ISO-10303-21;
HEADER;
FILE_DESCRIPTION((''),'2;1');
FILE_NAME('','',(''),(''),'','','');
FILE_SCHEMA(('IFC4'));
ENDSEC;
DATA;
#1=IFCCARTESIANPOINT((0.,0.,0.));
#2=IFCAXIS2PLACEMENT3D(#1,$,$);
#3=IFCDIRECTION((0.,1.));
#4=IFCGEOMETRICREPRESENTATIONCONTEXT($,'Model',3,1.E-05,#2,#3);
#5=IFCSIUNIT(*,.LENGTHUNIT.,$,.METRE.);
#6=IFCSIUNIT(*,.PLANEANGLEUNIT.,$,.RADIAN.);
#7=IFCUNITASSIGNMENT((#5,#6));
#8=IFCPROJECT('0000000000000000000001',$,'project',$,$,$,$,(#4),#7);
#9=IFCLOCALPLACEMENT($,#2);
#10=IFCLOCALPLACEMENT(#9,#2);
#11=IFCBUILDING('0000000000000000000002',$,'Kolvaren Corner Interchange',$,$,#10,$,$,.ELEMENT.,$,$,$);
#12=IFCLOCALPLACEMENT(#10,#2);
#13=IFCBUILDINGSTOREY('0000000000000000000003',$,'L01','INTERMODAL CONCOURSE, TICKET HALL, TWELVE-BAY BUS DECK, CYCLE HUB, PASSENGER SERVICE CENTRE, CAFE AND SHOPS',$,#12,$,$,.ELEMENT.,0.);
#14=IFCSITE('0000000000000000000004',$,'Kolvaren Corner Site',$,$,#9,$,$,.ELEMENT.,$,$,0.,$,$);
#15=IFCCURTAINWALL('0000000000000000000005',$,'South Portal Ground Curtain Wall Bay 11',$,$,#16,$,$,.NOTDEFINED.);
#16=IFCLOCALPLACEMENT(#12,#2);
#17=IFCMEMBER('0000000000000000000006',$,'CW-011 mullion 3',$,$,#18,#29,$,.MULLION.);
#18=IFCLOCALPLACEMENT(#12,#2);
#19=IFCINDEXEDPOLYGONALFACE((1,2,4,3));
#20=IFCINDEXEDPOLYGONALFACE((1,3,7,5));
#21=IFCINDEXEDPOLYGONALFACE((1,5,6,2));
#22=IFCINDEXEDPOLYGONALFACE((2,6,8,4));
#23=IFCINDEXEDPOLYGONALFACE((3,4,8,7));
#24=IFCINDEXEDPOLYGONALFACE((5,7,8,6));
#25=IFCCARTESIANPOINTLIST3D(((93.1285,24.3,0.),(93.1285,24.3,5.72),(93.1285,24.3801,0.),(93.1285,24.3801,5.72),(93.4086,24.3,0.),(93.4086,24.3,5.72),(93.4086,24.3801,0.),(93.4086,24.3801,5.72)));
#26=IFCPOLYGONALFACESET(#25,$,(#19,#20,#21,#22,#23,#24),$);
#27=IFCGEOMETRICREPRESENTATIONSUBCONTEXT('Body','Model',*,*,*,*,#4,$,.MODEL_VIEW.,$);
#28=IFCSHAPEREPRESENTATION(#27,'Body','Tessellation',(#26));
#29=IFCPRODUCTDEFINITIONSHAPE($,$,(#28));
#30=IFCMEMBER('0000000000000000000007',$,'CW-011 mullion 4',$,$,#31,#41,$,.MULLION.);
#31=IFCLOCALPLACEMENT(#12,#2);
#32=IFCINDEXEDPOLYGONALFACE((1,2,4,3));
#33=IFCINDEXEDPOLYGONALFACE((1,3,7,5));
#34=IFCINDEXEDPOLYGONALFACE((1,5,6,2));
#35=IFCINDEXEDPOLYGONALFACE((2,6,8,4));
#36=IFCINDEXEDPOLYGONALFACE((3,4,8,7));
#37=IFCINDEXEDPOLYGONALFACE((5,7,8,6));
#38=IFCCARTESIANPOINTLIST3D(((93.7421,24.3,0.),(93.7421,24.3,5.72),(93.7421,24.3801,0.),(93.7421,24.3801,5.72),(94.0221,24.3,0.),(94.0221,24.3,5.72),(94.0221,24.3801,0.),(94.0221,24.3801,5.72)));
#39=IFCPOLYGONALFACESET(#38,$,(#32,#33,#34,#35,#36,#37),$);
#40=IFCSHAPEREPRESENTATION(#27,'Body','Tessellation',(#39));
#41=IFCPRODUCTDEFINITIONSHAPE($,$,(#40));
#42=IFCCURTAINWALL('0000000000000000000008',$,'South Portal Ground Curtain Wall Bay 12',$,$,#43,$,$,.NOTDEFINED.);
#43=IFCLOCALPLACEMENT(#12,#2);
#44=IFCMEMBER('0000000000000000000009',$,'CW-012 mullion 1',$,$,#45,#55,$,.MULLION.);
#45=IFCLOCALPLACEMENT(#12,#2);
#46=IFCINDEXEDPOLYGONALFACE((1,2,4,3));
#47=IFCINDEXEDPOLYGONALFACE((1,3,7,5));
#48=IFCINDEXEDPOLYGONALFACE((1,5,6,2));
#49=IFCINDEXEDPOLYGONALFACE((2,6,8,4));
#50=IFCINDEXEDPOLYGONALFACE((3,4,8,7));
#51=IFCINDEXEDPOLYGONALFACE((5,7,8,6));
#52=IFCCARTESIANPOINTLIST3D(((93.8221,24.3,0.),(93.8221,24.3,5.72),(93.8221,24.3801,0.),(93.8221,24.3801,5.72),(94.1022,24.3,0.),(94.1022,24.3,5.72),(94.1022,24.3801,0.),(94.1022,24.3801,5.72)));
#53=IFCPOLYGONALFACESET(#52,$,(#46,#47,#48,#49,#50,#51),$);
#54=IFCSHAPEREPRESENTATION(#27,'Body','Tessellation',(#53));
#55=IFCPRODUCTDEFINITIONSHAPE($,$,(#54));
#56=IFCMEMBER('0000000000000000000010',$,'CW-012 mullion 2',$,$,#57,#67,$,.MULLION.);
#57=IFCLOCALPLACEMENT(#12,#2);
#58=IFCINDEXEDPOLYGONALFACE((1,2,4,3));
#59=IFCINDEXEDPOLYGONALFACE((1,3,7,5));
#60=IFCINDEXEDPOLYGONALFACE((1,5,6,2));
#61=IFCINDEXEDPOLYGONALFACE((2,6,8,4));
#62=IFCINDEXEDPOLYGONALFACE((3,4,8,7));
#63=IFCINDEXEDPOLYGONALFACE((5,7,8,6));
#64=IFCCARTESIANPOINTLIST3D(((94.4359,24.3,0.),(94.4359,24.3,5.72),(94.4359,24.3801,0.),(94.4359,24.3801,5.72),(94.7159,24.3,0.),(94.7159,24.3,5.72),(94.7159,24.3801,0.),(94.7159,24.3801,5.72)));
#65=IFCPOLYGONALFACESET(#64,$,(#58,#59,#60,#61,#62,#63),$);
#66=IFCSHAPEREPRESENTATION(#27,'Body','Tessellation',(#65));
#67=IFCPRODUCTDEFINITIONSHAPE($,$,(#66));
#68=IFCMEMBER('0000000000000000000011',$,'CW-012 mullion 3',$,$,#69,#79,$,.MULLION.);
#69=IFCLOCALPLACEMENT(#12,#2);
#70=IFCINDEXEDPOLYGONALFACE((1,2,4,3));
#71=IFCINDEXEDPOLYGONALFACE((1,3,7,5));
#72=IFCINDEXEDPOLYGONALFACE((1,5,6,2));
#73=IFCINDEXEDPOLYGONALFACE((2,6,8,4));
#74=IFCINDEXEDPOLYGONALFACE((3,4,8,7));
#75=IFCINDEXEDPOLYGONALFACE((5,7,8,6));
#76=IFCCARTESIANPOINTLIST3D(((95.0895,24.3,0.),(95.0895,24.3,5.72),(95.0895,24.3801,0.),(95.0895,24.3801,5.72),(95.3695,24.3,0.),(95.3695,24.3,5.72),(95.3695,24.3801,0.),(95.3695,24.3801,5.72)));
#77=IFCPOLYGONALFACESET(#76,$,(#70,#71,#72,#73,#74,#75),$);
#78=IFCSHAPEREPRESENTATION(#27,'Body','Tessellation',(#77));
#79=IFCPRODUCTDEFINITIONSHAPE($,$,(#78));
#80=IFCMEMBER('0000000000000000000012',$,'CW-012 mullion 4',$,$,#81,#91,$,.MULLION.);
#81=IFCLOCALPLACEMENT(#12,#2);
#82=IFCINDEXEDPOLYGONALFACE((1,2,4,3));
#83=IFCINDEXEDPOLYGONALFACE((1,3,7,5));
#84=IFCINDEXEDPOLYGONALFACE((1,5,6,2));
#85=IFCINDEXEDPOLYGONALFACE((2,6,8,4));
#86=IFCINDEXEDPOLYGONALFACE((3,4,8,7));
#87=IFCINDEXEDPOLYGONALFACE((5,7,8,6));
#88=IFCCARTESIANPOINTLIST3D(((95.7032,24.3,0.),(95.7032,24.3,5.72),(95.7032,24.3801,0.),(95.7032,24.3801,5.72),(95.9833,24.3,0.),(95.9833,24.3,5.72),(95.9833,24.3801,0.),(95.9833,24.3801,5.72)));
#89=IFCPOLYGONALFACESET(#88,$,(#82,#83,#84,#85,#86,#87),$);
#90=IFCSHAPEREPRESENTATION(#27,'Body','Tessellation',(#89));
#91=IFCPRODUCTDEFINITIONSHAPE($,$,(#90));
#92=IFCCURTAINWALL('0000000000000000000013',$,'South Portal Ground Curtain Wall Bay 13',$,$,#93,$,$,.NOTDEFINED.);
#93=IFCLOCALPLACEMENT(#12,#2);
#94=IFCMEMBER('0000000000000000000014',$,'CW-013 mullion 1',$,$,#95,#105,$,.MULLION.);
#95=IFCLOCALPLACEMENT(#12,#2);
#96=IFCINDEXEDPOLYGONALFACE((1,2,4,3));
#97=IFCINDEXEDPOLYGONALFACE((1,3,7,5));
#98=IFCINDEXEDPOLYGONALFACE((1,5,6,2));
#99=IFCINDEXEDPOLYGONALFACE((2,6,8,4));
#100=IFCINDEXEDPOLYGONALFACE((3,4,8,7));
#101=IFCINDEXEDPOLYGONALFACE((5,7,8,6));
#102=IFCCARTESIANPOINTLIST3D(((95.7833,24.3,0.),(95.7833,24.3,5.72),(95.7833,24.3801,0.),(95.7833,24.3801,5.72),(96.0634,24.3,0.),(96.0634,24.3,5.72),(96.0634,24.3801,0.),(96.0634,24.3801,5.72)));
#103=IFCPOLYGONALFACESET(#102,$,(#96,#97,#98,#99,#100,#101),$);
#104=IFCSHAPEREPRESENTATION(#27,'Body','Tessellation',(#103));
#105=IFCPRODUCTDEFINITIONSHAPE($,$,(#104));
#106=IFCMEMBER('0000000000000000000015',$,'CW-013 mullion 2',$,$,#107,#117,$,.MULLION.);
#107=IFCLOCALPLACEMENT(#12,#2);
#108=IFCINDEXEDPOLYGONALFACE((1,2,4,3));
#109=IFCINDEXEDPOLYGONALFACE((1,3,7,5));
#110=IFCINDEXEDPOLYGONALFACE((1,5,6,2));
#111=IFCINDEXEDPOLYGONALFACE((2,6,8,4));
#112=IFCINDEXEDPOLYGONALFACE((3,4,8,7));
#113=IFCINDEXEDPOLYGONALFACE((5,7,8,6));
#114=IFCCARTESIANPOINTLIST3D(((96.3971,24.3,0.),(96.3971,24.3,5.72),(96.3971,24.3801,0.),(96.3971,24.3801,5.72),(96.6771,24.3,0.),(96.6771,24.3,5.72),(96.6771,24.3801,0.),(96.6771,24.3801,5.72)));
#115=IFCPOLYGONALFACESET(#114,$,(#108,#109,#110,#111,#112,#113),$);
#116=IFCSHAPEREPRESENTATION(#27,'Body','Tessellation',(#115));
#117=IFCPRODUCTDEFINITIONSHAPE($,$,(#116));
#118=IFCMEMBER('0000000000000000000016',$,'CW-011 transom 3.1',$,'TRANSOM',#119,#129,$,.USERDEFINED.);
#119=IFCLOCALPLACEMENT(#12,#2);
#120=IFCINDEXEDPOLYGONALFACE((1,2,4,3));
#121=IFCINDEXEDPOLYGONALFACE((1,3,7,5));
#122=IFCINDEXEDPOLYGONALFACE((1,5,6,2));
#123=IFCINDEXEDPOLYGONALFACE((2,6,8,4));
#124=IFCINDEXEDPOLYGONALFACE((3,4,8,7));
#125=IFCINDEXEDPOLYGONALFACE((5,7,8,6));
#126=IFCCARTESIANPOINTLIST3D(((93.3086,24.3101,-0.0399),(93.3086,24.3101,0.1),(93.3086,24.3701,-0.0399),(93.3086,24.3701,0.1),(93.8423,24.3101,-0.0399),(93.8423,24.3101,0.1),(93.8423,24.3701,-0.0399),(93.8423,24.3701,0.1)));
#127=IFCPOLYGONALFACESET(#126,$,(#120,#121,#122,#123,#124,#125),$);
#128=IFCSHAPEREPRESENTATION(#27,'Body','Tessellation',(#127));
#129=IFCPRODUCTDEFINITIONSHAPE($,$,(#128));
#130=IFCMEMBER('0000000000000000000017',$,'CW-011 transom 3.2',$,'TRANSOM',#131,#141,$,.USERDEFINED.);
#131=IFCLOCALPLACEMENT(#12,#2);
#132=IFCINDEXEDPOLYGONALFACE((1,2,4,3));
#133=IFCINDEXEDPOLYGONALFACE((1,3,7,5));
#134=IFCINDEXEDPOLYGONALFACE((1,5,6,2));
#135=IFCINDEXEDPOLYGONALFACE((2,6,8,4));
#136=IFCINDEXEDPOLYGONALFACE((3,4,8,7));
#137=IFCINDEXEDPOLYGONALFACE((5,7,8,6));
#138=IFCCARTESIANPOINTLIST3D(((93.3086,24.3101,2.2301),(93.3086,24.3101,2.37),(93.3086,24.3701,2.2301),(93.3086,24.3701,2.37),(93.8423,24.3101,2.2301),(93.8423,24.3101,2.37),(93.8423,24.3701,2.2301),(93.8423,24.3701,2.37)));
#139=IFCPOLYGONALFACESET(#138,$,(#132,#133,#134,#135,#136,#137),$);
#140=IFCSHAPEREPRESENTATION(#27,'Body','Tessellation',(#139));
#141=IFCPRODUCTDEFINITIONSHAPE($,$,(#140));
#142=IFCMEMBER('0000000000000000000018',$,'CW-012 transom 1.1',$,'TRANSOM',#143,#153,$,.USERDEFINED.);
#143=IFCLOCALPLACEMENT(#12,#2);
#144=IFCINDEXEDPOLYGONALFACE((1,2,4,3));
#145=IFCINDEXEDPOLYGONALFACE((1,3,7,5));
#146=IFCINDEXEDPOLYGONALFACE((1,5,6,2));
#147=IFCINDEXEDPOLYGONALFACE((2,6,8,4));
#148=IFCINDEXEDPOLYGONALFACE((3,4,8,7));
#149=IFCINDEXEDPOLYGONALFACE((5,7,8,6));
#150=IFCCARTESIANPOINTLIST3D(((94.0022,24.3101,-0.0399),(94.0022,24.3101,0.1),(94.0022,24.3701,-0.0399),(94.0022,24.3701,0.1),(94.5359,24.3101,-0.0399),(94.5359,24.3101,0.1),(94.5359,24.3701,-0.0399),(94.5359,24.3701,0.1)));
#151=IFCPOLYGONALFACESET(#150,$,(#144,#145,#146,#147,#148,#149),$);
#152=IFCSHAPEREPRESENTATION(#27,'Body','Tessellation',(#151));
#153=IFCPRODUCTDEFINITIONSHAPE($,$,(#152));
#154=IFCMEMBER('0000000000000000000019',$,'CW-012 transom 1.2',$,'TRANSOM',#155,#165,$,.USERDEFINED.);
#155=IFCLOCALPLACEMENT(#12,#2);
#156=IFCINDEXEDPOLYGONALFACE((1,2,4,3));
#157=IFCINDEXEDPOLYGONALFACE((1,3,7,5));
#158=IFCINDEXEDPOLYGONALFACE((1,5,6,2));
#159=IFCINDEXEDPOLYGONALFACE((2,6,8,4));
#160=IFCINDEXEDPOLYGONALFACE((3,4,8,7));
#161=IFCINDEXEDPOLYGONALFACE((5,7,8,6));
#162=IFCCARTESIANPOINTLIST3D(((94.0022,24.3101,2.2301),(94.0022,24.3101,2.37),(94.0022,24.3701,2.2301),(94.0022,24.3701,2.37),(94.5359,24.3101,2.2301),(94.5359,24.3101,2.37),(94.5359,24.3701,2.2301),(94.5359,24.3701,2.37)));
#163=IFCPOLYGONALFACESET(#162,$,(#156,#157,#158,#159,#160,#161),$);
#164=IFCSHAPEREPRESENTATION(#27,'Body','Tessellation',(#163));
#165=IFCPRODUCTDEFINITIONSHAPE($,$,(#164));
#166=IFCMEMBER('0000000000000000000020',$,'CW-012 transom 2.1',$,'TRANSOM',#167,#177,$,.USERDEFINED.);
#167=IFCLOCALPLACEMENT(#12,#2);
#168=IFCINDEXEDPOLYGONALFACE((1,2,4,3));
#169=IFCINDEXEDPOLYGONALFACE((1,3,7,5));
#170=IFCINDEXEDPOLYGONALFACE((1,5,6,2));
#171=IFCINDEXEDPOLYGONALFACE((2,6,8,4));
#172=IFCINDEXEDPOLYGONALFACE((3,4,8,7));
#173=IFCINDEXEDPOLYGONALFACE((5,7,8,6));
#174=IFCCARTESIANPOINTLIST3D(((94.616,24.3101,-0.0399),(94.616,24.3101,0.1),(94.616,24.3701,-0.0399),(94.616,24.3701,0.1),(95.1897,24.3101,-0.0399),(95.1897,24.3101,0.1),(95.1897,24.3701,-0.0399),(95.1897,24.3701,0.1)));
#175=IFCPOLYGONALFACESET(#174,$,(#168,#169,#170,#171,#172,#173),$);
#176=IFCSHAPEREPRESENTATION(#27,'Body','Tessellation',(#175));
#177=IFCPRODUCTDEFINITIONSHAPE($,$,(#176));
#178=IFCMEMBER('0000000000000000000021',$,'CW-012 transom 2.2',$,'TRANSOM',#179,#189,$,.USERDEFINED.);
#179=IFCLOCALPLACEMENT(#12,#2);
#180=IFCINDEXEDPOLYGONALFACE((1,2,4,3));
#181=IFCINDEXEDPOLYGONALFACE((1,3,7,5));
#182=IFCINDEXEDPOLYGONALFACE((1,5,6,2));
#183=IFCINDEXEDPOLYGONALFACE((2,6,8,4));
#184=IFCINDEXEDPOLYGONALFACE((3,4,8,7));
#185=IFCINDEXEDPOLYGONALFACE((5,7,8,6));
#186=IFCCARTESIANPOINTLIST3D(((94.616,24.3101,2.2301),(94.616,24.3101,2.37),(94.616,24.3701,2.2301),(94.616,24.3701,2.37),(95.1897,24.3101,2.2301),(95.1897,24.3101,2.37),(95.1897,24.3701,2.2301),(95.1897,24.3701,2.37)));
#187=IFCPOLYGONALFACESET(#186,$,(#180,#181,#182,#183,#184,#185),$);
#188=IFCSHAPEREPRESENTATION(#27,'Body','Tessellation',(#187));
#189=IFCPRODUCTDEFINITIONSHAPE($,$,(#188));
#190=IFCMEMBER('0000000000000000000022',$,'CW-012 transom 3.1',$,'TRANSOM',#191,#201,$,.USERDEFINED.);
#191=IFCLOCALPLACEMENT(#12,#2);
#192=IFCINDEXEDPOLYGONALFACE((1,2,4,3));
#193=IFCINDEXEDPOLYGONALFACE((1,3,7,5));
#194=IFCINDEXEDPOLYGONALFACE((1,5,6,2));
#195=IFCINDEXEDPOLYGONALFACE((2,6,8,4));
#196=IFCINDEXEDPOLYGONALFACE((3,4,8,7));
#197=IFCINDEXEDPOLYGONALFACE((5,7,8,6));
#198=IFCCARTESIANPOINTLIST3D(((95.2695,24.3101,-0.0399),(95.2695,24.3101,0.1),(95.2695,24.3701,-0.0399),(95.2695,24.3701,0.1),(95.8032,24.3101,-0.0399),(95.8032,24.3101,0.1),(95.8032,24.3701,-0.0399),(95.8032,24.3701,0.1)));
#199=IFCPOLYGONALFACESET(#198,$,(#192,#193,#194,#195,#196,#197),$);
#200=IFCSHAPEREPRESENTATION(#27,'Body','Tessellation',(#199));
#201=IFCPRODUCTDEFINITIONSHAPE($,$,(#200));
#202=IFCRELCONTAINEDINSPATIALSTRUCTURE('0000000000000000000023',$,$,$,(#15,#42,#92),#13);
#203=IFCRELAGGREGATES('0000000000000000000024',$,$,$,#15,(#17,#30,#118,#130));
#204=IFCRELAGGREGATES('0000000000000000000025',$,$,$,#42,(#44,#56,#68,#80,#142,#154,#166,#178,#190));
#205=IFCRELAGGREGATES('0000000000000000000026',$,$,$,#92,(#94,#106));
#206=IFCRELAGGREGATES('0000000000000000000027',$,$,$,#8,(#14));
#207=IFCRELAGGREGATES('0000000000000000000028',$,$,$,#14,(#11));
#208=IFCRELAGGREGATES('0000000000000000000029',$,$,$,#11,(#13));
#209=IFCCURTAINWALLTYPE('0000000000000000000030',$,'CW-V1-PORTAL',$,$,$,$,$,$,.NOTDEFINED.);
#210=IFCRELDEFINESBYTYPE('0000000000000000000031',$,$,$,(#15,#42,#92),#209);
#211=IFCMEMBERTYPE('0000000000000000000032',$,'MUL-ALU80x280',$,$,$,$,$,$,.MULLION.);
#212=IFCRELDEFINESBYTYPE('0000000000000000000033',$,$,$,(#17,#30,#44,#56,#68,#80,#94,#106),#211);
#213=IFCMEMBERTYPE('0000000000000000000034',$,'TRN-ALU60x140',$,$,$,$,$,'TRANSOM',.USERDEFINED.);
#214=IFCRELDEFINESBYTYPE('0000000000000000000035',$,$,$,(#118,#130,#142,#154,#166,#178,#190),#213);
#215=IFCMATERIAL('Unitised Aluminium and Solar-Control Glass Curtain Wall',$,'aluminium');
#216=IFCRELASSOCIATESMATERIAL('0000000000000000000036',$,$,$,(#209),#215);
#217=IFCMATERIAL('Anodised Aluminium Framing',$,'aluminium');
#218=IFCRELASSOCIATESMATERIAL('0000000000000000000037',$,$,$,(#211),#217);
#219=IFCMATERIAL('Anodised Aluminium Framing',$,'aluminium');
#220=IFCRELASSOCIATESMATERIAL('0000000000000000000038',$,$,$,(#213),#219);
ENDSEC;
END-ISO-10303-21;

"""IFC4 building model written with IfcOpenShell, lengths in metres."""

from ifc_helpers import new_model, si_unit, direction, frame, origin, origin_2d, place, context, subcontext, project, spatial, rectangle, extrude, material, material_profile, profile_set, type_object, element, aggregate, save


model = new_model("IFC4")

# Units and contexts
model_context = context("Model", 3, precision=1e-05, world=origin(), true_north=direction((0.0, 1.0)))
body_context = subcontext(model_context, "Body", "Model", "MODEL_VIEW")
ifc_project = project(units=[si_unit("LENGTHUNIT", "METRE"), si_unit("PLANEANGLEUNIT", "RADIAN")], contexts=[model_context])

# Site, building, storey
site_placement = place(None, origin())
site = spatial("IfcSite", under=ifc_project, at=site_placement, Name="Kolvaren Corner Site", CompositionType="ELEMENT", RefElevation=0.0)
building_placement = place(site_placement, origin())
building = spatial("IfcBuilding", under=site, at=building_placement, Name="Kolvaren Corner Interchange", CompositionType="ELEMENT")
storey_placement = place(building_placement, origin())
storey = spatial("IfcBuildingStorey", under=building, at=storey_placement, Name="L01", Description="INTERMODAL CONCOURSE, TICKET HALL, TWELVE-BAY BUS DECK, CYCLE HUB, PASSENGER SERVICE CENTRE, CAFE AND SHOPS", CompositionType="ELEMENT", Elevation=0.0)

# Curtain walls, members
ifc_material_1 = material(Name="Unitised Aluminium and Solar-Control Glass Curtain Wall", Category="aluminium")
curtain_wall_type = type_object("IfcCurtainWallType", Name="CW-V1-PORTAL", PredefinedType="NOTDEFINED", material=ifc_material_1)
curtain_wall_1_placement = place(storey_placement, origin())
curtain_wall_1 = element("IfcCurtainWall", 1, at=curtain_wall_1_placement, inside=storey, type_object=curtain_wall_type, Name="South Portal Ground Curtain Wall Bay 11", PredefinedType="NOTDEFINED")
ifc_material_2 = material(Name="Anodised Aluminium Framing", Category="aluminium")
ifc_material_profile_1 = material_profile(ifc_material_2, rectangle(XDim=0.0801, YDim=0.28, at=origin_2d()), Name="ALU 80x280")
ifc_profile_set_1 = profile_set([ifc_material_profile_1], Name="Anodised Aluminium Framing")
member_type_1 = type_object("IfcMemberType", Name="MUL-ALU80x280", PredefinedType="MULLION", material=ifc_profile_set_1)
member_1_placement = place(storey_placement, frame((93.2686, 24.3401, 0.0), z_axis=(0.0, 0.0, 1.0), x_axis=(0.0, 1.0, 0.0)))
member_1 = element("IfcMember", 2, at=member_1_placement, type_object=member_type_1, Name="CW-011 mullion 3", PredefinedType="MULLION", context=body_context, shape_type="SweptSolid", body=[
    extrude(rectangle(XDim=0.0801, YDim=0.28, at=origin_2d()), origin(), (0.0, 0.0, 1.0), 5.72),
])
member_2_placement = place(storey_placement, frame((93.8821, 24.3401, 0.0), z_axis=(0.0, 0.0, 1.0), x_axis=(0.0, 1.0, 0.0)))
member_2 = element("IfcMember", 3, at=member_2_placement, type_object=member_type_1, Name="CW-011 mullion 4", PredefinedType="MULLION", context=body_context, shape_type="SweptSolid", body=[
    extrude(rectangle(XDim=0.0801, YDim=0.28, at=origin_2d()), origin(), (0.0, 0.0, 1.0), 5.72),
])
curtain_wall_2_placement = place(storey_placement, origin())
curtain_wall_2 = element("IfcCurtainWall", 4, at=curtain_wall_2_placement, inside=storey, type_object=curtain_wall_type, Name="South Portal Ground Curtain Wall Bay 12", PredefinedType="NOTDEFINED")
member_3_placement = place(storey_placement, frame((93.9622, 24.3401, 0.0), z_axis=(0.0, 0.0, 1.0), x_axis=(0.0, 1.0, 0.0)))
member_3 = element("IfcMember", 5, at=member_3_placement, type_object=member_type_1, Name="CW-012 mullion 1", PredefinedType="MULLION", context=body_context, shape_type="SweptSolid", body=[
    extrude(rectangle(XDim=0.0801, YDim=0.28, at=origin_2d()), origin(), (0.0, 0.0, 1.0), 5.72),
])
member_4_placement = place(storey_placement, frame((94.5759, 24.3401, 0.0), z_axis=(0.0, 0.0, 1.0), x_axis=(0.0, 1.0, 0.0)))
member_4 = element("IfcMember", 6, at=member_4_placement, type_object=member_type_1, Name="CW-012 mullion 2", PredefinedType="MULLION", context=body_context, shape_type="SweptSolid", body=[
    extrude(rectangle(XDim=0.0801, YDim=0.28, at=origin_2d()), origin(), (0.0, 0.0, 1.0), 5.72),
])
member_5_placement = place(storey_placement, frame((95.2295, 24.3401, 0.0), z_axis=(0.0, 0.0, 1.0), x_axis=(0.0, 1.0, 0.0)))
member_5 = element("IfcMember", 7, at=member_5_placement, type_object=member_type_1, Name="CW-012 mullion 3", PredefinedType="MULLION", context=body_context, shape_type="SweptSolid", body=[
    extrude(rectangle(XDim=0.0801, YDim=0.28, at=origin_2d()), origin(), (0.0, 0.0, 1.0), 5.72),
])
member_6_placement = place(storey_placement, frame((95.8433, 24.3401, 0.0), z_axis=(0.0, 0.0, 1.0), x_axis=(0.0, 1.0, 0.0)))
member_6 = element("IfcMember", 8, at=member_6_placement, type_object=member_type_1, Name="CW-012 mullion 4", PredefinedType="MULLION", context=body_context, shape_type="SweptSolid", body=[
    extrude(rectangle(XDim=0.0801, YDim=0.28, at=origin_2d()), origin(), (0.0, 0.0, 1.0), 5.72),
])
curtain_wall_3_placement = place(storey_placement, origin())
curtain_wall_3 = element("IfcCurtainWall", 9, at=curtain_wall_3_placement, inside=storey, type_object=curtain_wall_type, Name="South Portal Ground Curtain Wall Bay 13", PredefinedType="NOTDEFINED")
member_7_placement = place(storey_placement, frame((95.9233, 24.3401, 0.0), z_axis=(0.0, 0.0, 1.0), x_axis=(0.0, 1.0, 0.0)))
member_7 = element("IfcMember", 10, at=member_7_placement, type_object=member_type_1, Name="CW-013 mullion 1", PredefinedType="MULLION", context=body_context, shape_type="SweptSolid", body=[
    extrude(rectangle(XDim=0.0801, YDim=0.28, at=origin_2d()), origin(), (0.0, 0.0, 1.0), 5.72),
])
member_8_placement = place(storey_placement, frame((96.5371, 24.3401, 0.0), z_axis=(0.0, 0.0, 1.0), x_axis=(0.0, 1.0, 0.0)))
member_8 = element("IfcMember", 11, at=member_8_placement, type_object=member_type_1, Name="CW-013 mullion 2", PredefinedType="MULLION", context=body_context, shape_type="SweptSolid", body=[
    extrude(rectangle(XDim=0.0801, YDim=0.28, at=origin_2d()), origin(), (0.0, 0.0, 1.0), 5.72),
])

# Members
ifc_material_3 = material(Name="Anodised Aluminium Framing", Category="aluminium")
ifc_material_profile_2 = material_profile(ifc_material_3, rectangle(XDim=0.0601, YDim=0.1399, at=origin_2d()), Name="ALU 60x140")
ifc_profile_set_2 = profile_set([ifc_material_profile_2], Name="Anodised Aluminium Framing")
member_type_2 = type_object("IfcMemberType", Name="TRN-ALU60x140", ElementType="TRANSOM", PredefinedType="USERDEFINED", material=ifc_profile_set_2)
member_9_placement = place(storey_placement, frame((93.3086, 24.3401, 0.03), z_axis=(1.0, 0.0, 0.0), x_axis=(0.0, 1.0, 0.0)))
member_9 = element("IfcMember", 12, at=member_9_placement, type_object=member_type_2, Name="CW-011 transom 3.1", ObjectType="TRANSOM", PredefinedType="USERDEFINED", context=body_context, shape_type="SweptSolid", body=[
    extrude(rectangle(XDim=0.0601, YDim=0.1399, at=origin_2d()), origin(), (0.0, 0.0, 1.0), 0.5337),
])
member_10_placement = place(storey_placement, frame((93.3086, 24.3401, 2.3), z_axis=(1.0, 0.0, 0.0), x_axis=(0.0, 1.0, 0.0)))
member_10 = element("IfcMember", 13, at=member_10_placement, type_object=member_type_2, Name="CW-011 transom 3.2", ObjectType="TRANSOM", PredefinedType="USERDEFINED", context=body_context, shape_type="SweptSolid", body=[
    extrude(rectangle(XDim=0.0601, YDim=0.1399, at=origin_2d()), origin(), (0.0, 0.0, 1.0), 0.5337),
])
member_11_placement = place(storey_placement, frame((94.0022, 24.3401, 0.03), z_axis=(1.0, 0.0, 0.0), x_axis=(0.0, 1.0, 0.0)))
member_11 = element("IfcMember", 14, at=member_11_placement, type_object=member_type_2, Name="CW-012 transom 1.1", ObjectType="TRANSOM", PredefinedType="USERDEFINED", context=body_context, shape_type="SweptSolid", body=[
    extrude(rectangle(XDim=0.0601, YDim=0.1399, at=origin_2d()), origin(), (0.0, 0.0, 1.0), 0.5337),
])
member_12_placement = place(storey_placement, frame((94.0022, 24.3401, 2.3), z_axis=(1.0, 0.0, 0.0), x_axis=(0.0, 1.0, 0.0)))
member_12 = element("IfcMember", 15, at=member_12_placement, type_object=member_type_2, Name="CW-012 transom 1.2", ObjectType="TRANSOM", PredefinedType="USERDEFINED", context=body_context, shape_type="SweptSolid", body=[
    extrude(rectangle(XDim=0.0601, YDim=0.1399, at=origin_2d()), origin(), (0.0, 0.0, 1.0), 0.5337),
])
member_13_placement = place(storey_placement, frame((94.616, 24.3401, 0.03), z_axis=(1.0, 0.0, 0.0), x_axis=(0.0, 1.0, 0.0)))
member_13 = element("IfcMember", 16, at=member_13_placement, type_object=member_type_2, Name="CW-012 transom 2.1", ObjectType="TRANSOM", PredefinedType="USERDEFINED", context=body_context, shape_type="SweptSolid", body=[
    extrude(rectangle(XDim=0.0601, YDim=0.1399, at=origin_2d()), origin(), (0.0, 0.0, 1.0), 0.5737),
])
member_14_placement = place(storey_placement, frame((94.616, 24.3401, 2.3), z_axis=(1.0, 0.0, 0.0), x_axis=(0.0, 1.0, 0.0)))
member_14 = element("IfcMember", 17, at=member_14_placement, type_object=member_type_2, Name="CW-012 transom 2.2", ObjectType="TRANSOM", PredefinedType="USERDEFINED", context=body_context, shape_type="SweptSolid", body=[
    extrude(rectangle(XDim=0.0601, YDim=0.1399, at=origin_2d()), origin(), (0.0, 0.0, 1.0), 0.5737),
])
member_15_placement = place(storey_placement, frame((95.2695, 24.3401, 0.03), z_axis=(1.0, 0.0, 0.0), x_axis=(0.0, 1.0, 0.0)))
member_15 = element("IfcMember", 18, at=member_15_placement, type_object=member_type_2, Name="CW-012 transom 3.1", ObjectType="TRANSOM", PredefinedType="USERDEFINED", context=body_context, shape_type="SweptSolid", body=[
    extrude(rectangle(XDim=0.0601, YDim=0.1399, at=origin_2d()), origin(), (0.0, 0.0, 1.0), 0.5337),
])

aggregate(curtain_wall_1, [member_1, member_2, member_9, member_10])
aggregate(curtain_wall_2, [member_3, member_4, member_5, member_6, member_11, member_12, member_13, member_14, member_15])
aggregate(curtain_wall_3, [member_7, member_8])

save(model, "model.ifc")
